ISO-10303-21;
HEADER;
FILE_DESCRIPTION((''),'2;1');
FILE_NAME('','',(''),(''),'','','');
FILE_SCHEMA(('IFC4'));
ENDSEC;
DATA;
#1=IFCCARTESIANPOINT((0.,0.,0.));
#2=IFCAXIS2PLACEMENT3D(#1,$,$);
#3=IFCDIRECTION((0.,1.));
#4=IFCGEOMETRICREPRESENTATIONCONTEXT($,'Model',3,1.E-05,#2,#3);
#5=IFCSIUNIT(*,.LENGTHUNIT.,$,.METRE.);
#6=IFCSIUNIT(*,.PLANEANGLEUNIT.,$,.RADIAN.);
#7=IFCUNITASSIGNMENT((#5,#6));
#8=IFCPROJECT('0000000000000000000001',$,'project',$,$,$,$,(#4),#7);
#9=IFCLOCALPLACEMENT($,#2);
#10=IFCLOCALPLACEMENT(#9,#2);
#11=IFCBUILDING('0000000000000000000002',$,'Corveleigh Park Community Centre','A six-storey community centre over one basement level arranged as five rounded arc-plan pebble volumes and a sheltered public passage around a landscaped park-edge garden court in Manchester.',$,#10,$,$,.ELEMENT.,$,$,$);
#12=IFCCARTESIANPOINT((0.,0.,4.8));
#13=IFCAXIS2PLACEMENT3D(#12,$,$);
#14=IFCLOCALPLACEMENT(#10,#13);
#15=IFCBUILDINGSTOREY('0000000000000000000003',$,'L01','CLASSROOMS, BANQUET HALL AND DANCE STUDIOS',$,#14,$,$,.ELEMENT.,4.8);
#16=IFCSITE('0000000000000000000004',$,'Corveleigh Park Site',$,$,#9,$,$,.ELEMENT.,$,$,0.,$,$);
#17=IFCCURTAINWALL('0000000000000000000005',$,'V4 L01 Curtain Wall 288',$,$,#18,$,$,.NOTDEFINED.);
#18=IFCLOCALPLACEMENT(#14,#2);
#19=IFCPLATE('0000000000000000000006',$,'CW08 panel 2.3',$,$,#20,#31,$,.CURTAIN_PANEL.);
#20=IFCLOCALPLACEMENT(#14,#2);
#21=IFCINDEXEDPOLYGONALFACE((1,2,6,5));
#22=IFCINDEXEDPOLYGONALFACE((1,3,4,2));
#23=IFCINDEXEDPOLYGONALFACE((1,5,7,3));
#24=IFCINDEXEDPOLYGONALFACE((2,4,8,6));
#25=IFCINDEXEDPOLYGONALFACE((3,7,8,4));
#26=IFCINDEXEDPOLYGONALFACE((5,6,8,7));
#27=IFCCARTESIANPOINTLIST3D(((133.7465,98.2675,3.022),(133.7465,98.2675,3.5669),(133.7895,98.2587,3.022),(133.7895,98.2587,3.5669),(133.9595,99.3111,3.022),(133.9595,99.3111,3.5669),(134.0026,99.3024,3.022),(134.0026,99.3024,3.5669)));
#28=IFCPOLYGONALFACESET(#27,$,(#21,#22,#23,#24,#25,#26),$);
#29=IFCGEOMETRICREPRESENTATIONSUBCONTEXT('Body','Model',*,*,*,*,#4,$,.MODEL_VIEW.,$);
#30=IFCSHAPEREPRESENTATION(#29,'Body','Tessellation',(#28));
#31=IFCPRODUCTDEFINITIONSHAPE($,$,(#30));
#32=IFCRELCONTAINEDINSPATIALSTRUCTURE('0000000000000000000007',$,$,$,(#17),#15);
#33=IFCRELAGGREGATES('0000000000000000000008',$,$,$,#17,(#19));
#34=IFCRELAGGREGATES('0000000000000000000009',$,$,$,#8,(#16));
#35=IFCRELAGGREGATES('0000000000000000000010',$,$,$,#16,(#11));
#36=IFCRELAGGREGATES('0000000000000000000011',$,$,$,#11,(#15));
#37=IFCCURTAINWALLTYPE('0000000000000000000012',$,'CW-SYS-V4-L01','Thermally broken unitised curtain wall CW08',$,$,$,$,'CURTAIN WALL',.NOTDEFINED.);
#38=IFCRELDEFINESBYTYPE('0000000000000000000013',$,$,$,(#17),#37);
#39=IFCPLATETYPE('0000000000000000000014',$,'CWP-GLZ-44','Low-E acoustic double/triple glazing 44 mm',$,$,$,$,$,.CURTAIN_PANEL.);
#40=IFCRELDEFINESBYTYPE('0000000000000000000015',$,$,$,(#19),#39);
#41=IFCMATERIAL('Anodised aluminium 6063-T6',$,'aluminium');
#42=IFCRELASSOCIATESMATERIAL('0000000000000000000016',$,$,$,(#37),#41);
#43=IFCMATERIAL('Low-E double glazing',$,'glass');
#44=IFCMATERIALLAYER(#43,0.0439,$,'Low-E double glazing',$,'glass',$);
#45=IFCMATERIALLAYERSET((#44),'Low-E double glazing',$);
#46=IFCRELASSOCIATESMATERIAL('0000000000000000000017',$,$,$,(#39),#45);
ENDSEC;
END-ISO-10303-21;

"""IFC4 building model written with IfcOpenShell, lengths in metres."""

from ifc_helpers import new_model, si_unit, direction, frame, origin, origin_2d, place, context, subcontext, project, spatial, rectangle, extrude, material, layer, layer_set, type_object, element, aggregate, save


model = new_model("IFC4")

# Units and contexts
model_context = context("Model", 3, precision=1e-05, world=origin(), true_north=direction((0.0, 1.0)))
body_context = subcontext(model_context, "Body", "Model", "MODEL_VIEW")
ifc_project = project(units=[si_unit("LENGTHUNIT", "METRE"), si_unit("PLANEANGLEUNIT", "RADIAN")], contexts=[model_context])

# Site, building, storey
site_placement = place(None, origin())
site = spatial("IfcSite", under=ifc_project, at=site_placement, Name="Corveleigh Park Site", CompositionType="ELEMENT", RefElevation=0.0)
building_placement = place(site_placement, origin())
building = spatial("IfcBuilding", under=site, at=building_placement, Name="Corveleigh Park Community Centre", Description="A six-storey community centre over one basement level arranged as five rounded arc-plan pebble volumes and a sheltered public passage around a landscaped park-edge garden court in Manchester.", CompositionType="ELEMENT")
storey_placement = place(building_placement, frame((0.0, 0.0, 4.8)))
storey = spatial("IfcBuildingStorey", under=building, at=storey_placement, Name="L01", Description="CLASSROOMS, BANQUET HALL AND DANCE STUDIOS", CompositionType="ELEMENT", Elevation=4.8)

# Shared definitions
ifc_material_1 = material(Name="Anodised aluminium 6063-T6", Category="aluminium")
curtain_wall_type = type_object("IfcCurtainWallType", Name="CW-SYS-V4-L01", Description="Thermally broken unitised curtain wall CW08", ElementType="CURTAIN WALL", PredefinedType="NOTDEFINED", material=ifc_material_1)

# Curtain wall
curtain_wall_1_placement = place(storey_placement, origin())
curtain_wall_1 = element("IfcCurtainWall", 1, at=curtain_wall_1_placement, inside=storey, type_object=curtain_wall_type, Name="V4 L01 Curtain Wall 288", PredefinedType="NOTDEFINED")

# Plate
ifc_material_2 = material(Name="Low-E double glazing", Category="glass")
ifc_layer = layer(ifc_material_2, 0.0439, Name="Low-E double glazing", Category="glass")
ifc_layer_set = layer_set([ifc_layer], Name="Low-E double glazing")
plate_type = type_object("IfcPlateType", Name="CWP-GLZ-44", Description="Low-E acoustic double/triple glazing 44 mm", PredefinedType="CURTAIN_PANEL", material=ifc_layer_set)
plate_1_placement = place(storey_placement, frame((133.8745, 98.7849, 3.022), z_axis=(0.0, 0.0, 1.0), x_axis=(0.199985, 0.979799, 0.0)))
plate_1 = element("IfcPlate", 2, at=plate_1_placement, type_object=plate_type, Name="CW08 panel 2.3", PredefinedType="CURTAIN_PANEL", context=body_context, shape_type="SweptSolid", body=[
    extrude(rectangle(XDim=1.0652, YDim=0.0439, at=origin_2d()), origin(), (0.0, 0.0, 1.0), 0.5449),
])
aggregate(curtain_wall_1, [plate_1])

save(model, "model.ifc")
